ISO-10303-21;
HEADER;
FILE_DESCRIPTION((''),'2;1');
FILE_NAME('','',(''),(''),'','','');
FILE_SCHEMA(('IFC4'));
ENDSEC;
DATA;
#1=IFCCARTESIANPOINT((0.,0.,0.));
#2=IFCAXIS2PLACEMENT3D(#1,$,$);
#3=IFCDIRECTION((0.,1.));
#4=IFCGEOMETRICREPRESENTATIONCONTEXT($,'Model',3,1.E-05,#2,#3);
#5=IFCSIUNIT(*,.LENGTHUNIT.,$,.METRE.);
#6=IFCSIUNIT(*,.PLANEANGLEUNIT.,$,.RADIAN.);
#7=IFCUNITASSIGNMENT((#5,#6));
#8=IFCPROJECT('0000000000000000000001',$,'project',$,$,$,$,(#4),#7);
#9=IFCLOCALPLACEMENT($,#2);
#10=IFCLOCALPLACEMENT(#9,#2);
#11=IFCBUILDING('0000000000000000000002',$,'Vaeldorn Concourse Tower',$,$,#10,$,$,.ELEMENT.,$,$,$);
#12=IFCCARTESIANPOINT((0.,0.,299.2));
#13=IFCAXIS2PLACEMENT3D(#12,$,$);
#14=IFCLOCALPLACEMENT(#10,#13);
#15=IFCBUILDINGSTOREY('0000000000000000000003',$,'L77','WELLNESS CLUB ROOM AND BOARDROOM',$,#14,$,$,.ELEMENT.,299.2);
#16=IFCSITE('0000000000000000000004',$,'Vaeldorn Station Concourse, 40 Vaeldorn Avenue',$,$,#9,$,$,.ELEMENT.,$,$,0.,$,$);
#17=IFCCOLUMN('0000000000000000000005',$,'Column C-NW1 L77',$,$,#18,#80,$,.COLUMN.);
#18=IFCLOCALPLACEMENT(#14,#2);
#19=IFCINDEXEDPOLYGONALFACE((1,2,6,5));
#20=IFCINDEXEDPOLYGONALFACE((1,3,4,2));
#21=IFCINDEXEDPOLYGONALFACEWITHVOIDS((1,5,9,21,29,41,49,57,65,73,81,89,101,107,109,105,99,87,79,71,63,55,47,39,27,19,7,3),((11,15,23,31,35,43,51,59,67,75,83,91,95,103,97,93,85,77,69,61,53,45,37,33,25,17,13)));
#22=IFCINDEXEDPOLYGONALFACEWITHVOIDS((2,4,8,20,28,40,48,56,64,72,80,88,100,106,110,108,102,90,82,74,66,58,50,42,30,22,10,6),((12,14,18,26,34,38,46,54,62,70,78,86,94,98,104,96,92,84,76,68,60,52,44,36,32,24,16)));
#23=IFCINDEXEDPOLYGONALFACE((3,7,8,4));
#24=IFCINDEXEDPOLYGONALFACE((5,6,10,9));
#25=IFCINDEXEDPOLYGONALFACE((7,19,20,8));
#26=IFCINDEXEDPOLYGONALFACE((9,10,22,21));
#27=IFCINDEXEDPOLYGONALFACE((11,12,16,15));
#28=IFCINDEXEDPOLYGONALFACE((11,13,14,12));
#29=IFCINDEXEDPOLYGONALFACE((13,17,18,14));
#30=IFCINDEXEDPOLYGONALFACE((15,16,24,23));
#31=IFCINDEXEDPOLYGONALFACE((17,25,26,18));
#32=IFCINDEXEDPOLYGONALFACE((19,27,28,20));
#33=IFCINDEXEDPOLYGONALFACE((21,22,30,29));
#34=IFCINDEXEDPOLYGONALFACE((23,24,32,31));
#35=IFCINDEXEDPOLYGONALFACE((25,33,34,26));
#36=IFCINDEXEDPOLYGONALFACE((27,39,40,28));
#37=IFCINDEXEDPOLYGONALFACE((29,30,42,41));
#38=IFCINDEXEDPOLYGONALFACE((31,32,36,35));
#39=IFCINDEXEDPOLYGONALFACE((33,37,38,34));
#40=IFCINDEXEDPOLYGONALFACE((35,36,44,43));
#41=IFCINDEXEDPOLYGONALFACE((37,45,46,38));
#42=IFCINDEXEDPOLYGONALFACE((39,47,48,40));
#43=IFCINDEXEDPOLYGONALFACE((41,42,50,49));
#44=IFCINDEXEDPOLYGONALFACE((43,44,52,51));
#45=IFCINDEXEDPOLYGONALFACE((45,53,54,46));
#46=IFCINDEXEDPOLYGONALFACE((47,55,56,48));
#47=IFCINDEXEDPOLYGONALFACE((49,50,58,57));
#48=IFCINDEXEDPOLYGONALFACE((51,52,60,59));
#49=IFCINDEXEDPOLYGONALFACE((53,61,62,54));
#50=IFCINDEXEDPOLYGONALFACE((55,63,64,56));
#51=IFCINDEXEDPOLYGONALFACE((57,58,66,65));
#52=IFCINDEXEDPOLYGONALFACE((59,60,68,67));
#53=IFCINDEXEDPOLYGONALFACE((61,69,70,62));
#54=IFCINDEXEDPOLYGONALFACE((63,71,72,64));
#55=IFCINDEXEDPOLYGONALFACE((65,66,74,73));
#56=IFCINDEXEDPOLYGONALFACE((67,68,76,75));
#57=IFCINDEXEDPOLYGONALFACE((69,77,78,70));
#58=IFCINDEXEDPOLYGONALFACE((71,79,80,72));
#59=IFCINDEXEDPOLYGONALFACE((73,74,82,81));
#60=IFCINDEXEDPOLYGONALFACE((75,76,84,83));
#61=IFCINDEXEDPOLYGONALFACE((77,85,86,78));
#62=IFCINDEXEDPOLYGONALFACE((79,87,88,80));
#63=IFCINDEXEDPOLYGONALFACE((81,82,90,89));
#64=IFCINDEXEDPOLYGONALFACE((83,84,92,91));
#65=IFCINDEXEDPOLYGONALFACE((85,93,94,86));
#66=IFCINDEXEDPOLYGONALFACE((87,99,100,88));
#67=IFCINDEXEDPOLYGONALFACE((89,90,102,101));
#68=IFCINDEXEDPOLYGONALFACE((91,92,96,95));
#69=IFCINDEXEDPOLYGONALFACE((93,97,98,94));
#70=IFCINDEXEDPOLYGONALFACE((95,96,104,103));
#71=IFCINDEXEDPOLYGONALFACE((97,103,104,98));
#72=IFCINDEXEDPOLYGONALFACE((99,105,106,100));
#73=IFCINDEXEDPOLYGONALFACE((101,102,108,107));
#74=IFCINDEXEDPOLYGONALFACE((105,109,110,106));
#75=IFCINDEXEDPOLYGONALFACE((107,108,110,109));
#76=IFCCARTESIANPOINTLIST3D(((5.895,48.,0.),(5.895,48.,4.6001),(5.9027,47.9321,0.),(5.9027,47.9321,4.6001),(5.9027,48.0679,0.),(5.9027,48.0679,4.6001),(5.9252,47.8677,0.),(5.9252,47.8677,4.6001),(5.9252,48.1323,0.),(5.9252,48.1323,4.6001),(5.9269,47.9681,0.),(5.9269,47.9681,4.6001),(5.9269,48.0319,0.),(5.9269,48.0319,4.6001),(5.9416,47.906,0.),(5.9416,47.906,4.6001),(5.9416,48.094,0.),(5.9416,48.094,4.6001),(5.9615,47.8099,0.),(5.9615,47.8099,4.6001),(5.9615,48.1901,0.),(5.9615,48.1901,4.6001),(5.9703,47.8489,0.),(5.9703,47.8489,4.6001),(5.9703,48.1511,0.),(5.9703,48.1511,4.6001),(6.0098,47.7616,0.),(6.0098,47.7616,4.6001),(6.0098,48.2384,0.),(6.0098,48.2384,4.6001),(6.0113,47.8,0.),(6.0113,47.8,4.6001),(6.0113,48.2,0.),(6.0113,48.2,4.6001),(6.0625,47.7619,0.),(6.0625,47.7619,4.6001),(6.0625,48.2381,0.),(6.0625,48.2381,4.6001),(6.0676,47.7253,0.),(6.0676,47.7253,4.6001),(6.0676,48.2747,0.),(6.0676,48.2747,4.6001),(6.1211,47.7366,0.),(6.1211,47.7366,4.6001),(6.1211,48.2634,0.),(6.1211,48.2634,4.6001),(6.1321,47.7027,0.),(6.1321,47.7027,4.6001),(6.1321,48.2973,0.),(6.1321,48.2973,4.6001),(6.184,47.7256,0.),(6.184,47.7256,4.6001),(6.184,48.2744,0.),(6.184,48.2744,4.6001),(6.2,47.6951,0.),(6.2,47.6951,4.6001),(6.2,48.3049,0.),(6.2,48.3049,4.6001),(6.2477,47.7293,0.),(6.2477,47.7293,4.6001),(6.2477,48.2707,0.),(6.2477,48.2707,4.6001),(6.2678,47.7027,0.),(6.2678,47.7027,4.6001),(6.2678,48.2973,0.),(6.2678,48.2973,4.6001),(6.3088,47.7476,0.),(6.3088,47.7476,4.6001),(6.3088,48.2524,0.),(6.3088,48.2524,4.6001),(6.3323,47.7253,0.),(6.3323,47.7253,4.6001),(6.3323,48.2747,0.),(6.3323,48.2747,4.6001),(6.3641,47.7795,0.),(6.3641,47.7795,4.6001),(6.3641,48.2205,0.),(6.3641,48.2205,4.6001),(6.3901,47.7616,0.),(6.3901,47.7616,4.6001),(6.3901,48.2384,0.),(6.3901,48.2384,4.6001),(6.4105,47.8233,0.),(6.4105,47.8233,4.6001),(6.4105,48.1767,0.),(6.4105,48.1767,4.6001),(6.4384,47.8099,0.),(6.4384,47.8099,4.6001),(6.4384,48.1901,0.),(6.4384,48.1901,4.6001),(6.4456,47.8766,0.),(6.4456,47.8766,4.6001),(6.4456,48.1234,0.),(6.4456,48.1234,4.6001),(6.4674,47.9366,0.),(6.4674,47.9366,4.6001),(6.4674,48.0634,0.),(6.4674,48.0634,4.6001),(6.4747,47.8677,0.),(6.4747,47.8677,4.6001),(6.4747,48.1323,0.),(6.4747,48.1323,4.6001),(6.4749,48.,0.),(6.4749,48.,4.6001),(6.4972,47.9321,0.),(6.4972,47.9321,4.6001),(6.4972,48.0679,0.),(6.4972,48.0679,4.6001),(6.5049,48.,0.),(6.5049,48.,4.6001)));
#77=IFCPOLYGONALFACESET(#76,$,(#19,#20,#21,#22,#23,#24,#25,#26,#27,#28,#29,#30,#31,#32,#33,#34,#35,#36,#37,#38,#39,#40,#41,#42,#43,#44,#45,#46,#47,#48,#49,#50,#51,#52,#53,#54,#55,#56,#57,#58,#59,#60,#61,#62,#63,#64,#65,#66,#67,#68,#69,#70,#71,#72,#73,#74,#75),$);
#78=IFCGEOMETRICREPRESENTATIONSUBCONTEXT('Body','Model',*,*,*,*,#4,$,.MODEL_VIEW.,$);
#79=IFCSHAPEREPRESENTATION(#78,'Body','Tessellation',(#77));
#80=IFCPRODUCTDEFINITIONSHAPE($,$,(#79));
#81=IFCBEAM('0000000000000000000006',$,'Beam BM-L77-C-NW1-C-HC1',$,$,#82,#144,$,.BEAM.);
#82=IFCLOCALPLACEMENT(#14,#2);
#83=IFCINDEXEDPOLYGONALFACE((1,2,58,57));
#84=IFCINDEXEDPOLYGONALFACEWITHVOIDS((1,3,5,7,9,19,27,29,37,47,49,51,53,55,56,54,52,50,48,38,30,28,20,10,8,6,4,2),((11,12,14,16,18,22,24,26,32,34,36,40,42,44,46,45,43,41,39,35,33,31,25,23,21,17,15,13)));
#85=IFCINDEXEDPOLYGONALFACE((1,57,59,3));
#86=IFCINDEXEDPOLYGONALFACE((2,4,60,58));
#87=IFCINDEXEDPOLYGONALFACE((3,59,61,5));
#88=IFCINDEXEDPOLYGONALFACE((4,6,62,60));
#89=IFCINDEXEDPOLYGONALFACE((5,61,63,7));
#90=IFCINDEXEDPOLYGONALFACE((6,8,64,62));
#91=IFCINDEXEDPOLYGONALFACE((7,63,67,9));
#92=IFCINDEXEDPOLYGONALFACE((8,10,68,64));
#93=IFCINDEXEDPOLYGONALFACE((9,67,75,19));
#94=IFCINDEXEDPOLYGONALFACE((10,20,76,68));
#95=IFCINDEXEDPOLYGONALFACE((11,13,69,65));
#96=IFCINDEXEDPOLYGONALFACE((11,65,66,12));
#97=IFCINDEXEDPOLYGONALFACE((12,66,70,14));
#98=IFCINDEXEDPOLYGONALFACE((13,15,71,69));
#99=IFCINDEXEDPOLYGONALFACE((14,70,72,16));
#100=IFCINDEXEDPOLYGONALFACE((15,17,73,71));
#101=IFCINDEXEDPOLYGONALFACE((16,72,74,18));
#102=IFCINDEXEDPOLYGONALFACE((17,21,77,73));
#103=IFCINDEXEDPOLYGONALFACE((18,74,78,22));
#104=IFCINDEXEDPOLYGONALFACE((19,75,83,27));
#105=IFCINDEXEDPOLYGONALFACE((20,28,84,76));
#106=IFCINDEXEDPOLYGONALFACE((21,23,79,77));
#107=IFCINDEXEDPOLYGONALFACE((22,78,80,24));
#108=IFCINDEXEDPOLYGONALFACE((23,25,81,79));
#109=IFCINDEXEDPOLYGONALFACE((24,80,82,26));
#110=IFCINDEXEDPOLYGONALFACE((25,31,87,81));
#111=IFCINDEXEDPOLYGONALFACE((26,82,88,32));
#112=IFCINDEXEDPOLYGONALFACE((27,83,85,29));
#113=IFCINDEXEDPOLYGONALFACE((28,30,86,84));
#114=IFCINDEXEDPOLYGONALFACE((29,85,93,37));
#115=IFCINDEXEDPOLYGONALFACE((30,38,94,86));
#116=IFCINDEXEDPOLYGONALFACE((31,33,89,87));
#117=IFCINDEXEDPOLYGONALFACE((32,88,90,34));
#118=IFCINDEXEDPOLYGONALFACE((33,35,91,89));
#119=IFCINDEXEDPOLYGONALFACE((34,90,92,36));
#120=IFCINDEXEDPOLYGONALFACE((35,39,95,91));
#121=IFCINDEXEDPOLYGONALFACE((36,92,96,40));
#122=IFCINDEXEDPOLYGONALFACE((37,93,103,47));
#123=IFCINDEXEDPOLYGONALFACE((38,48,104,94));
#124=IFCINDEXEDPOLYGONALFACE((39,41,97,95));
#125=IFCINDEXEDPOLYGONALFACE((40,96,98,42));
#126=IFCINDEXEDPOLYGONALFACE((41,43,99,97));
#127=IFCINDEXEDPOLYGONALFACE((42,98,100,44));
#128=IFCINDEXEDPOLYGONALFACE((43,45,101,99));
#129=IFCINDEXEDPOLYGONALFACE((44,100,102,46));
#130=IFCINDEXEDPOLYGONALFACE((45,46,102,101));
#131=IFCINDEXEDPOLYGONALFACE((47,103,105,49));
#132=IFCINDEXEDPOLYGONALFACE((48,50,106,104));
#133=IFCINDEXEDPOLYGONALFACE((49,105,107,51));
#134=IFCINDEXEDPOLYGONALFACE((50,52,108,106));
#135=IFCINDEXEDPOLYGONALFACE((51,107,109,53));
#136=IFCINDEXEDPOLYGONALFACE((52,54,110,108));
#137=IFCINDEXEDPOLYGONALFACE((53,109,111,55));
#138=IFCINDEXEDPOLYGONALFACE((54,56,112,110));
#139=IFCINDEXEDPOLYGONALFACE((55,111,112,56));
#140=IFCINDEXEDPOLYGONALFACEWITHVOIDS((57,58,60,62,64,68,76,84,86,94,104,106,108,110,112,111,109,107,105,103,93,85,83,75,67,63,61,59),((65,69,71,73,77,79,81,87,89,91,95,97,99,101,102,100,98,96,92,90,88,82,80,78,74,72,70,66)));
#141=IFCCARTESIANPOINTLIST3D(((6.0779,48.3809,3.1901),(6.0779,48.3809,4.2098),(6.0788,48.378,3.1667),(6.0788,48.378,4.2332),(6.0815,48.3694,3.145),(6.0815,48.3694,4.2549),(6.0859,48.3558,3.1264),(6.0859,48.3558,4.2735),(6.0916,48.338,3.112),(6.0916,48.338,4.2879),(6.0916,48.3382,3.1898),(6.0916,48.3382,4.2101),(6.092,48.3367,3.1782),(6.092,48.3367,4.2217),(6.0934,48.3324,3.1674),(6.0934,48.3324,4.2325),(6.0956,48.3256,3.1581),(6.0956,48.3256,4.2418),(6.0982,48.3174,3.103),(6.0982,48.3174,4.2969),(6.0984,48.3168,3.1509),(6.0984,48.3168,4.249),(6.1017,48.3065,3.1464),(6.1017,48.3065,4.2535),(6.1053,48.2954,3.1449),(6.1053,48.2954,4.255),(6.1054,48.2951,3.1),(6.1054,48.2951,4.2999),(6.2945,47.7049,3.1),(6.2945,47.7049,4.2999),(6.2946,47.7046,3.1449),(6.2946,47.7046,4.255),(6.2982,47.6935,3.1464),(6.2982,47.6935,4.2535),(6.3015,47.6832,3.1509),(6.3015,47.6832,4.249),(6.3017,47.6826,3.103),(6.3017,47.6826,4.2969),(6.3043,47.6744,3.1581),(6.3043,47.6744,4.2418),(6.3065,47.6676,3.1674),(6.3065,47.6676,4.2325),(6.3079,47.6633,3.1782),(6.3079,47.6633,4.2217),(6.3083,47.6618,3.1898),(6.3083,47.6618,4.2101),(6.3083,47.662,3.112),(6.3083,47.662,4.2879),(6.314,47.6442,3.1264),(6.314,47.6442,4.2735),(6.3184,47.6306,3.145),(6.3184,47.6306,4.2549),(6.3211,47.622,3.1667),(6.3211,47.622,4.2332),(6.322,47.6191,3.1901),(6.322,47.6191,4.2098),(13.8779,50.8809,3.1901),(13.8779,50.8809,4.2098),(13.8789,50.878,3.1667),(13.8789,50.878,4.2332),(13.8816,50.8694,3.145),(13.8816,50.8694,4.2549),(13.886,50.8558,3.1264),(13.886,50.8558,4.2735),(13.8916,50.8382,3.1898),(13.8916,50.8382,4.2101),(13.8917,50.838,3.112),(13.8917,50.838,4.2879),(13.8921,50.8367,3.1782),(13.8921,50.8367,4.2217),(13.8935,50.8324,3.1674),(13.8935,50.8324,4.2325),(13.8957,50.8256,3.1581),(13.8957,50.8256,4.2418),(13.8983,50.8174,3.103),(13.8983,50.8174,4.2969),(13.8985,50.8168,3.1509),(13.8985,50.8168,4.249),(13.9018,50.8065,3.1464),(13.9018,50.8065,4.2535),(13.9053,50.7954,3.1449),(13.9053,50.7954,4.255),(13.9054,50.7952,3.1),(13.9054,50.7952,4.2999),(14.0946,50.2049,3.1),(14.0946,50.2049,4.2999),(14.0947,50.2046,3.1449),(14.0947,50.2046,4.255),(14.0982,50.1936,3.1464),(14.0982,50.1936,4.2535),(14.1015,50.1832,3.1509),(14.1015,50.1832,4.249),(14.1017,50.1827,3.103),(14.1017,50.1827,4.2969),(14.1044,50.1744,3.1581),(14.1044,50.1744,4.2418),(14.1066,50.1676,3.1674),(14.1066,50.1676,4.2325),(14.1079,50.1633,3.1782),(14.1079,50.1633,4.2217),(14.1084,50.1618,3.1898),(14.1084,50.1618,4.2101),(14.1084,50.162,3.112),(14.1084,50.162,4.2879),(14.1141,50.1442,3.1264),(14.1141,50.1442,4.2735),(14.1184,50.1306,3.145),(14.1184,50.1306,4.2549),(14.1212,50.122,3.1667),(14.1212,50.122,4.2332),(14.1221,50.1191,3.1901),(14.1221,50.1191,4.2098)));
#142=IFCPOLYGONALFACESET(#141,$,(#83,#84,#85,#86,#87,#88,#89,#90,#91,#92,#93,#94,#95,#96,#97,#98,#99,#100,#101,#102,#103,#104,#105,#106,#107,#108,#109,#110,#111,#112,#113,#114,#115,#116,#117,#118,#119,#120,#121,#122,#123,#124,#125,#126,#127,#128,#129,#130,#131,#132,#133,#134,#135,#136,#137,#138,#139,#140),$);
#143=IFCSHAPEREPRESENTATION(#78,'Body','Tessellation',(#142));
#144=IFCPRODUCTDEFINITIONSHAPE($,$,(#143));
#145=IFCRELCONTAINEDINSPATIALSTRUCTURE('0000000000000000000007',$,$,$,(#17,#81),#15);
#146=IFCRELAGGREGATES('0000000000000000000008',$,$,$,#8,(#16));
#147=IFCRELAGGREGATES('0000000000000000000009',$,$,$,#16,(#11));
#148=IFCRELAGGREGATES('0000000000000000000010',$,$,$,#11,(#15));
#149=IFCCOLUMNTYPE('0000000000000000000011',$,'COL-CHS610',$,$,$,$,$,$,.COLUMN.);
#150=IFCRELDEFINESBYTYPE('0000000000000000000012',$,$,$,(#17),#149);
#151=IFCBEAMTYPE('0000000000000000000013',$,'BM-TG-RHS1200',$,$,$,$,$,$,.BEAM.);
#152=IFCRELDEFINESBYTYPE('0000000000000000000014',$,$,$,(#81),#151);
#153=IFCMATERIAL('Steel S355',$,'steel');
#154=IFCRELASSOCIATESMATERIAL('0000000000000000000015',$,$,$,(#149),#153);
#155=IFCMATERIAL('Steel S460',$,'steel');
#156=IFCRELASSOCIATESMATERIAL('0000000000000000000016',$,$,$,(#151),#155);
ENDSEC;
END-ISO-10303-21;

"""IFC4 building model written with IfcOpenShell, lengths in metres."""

from ifc_helpers import new_model, si_unit, direction, frame, origin, origin_2d, place, context, subcontext, project, spatial, hollow_rectangle, hollow_circle, extrude, source, transform, mapped, material, material_profile, profile_set, type_object, element, save


model = new_model("IFC4")

# Units and contexts
model_context = context("Model", 3, precision=1e-05, world=origin(), true_north=direction((0.0, 1.0)))
body_context = subcontext(model_context, "Body", "Model", "MODEL_VIEW")
ifc_project = project(units=[si_unit("LENGTHUNIT", "METRE"), si_unit("PLANEANGLEUNIT", "RADIAN")], contexts=[model_context])

# Site, building, storey
site_placement = place(None, origin())
site = spatial("IfcSite", under=ifc_project, at=site_placement, Name="Vaeldorn Station Concourse, 40 Vaeldorn Avenue", CompositionType="ELEMENT", RefElevation=0.0)
building_placement = place(site_placement, origin())
building = spatial("IfcBuilding", under=site, at=building_placement, Name="Vaeldorn Concourse Tower", CompositionType="ELEMENT")
storey_placement = place(building_placement, frame((0.0, 0.0, 299.2)))
storey = spatial("IfcBuildingStorey", under=building, at=storey_placement, Name="L77", Description="WELLNESS CLUB ROOM AND BOARDROOM", CompositionType="ELEMENT", Elevation=299.2)

# Column
ifc_material_1 = material(Name="Steel S355", Category="steel")
ifc_material_profile_1 = material_profile(ifc_material_1, hollow_circle(Radius=0.3049, WallThickness=0.03, at=origin_2d()), Name="CHS 610x30")
ifc_profile_set_1 = profile_set([ifc_material_profile_1], Name="Steel S355")
column_type = type_object("IfcColumnType", Name="COL-CHS610", PredefinedType="COLUMN", material=ifc_profile_set_1)
shared_shape_1 = source(origin(), body_context, "Body", "SweptSolid", [
    extrude(hollow_circle(Radius=0.3049, WallThickness=0.03, at=origin_2d()), origin(), (0.0, 0.0, 1.0), 4.6001),
])
column_placement = place(storey_placement, frame((6.2, 48.0, 0.0), z_axis=(0.0, 0.0, 1.0), x_axis=(1.0, 0.0, 0.0)))
element("IfcColumn", 1, at=column_placement, inside=storey, type_object=column_type, Name="Column C-NW1 L77", PredefinedType="COLUMN", context=body_context, shape_type="MappedRepresentation", body=[
    mapped(shared_shape_1, transform((0.0, 0.0, 0.0), scale=1.0)),
])

# Beam
ifc_material_2 = material(Name="Steel S460", Category="steel")
ifc_material_profile_2 = material_profile(ifc_material_2, hollow_rectangle(XDim=0.8, YDim=1.2, WallThickness=0.0449, InnerFilletRadius=0.0449, OuterFilletRadius=0.0901, at=origin_2d()), Name="RHS 1200x800x45")
ifc_profile_set_2 = profile_set([ifc_material_profile_2], Name="Steel S460")
beam_type_1 = type_object("IfcBeamType", Name="BM-TG-RHS1200", PredefinedType="BEAM", material=ifc_profile_set_2)
shared_shape_2 = source(origin(), body_context, "Body", "SweptSolid", [
    extrude(hollow_rectangle(XDim=0.8, YDim=1.2, WallThickness=0.0449, InnerFilletRadius=0.0449, OuterFilletRadius=0.0901, at=origin_2d()), origin(), (0.0, 0.0, 1.0), 8.1909),
])
beam_1_placement = place(storey_placement, frame((6.2, 48.0, 3.7), z_axis=(0.952283, 0.305217, 0.0), x_axis=(-0.305217, 0.952283, 0.0)))
element("IfcBeam", 2, at=beam_1_placement, inside=storey, type_object=beam_type_1, Name="Beam BM-L77-C-NW1-C-HC1", PredefinedType="BEAM", context=body_context, shape_type="MappedRepresentation", body=[
    mapped(shared_shape_2, transform((0.0, 0.0, 0.0), scale=1.0)),
])

save(model, "model.ifc")
